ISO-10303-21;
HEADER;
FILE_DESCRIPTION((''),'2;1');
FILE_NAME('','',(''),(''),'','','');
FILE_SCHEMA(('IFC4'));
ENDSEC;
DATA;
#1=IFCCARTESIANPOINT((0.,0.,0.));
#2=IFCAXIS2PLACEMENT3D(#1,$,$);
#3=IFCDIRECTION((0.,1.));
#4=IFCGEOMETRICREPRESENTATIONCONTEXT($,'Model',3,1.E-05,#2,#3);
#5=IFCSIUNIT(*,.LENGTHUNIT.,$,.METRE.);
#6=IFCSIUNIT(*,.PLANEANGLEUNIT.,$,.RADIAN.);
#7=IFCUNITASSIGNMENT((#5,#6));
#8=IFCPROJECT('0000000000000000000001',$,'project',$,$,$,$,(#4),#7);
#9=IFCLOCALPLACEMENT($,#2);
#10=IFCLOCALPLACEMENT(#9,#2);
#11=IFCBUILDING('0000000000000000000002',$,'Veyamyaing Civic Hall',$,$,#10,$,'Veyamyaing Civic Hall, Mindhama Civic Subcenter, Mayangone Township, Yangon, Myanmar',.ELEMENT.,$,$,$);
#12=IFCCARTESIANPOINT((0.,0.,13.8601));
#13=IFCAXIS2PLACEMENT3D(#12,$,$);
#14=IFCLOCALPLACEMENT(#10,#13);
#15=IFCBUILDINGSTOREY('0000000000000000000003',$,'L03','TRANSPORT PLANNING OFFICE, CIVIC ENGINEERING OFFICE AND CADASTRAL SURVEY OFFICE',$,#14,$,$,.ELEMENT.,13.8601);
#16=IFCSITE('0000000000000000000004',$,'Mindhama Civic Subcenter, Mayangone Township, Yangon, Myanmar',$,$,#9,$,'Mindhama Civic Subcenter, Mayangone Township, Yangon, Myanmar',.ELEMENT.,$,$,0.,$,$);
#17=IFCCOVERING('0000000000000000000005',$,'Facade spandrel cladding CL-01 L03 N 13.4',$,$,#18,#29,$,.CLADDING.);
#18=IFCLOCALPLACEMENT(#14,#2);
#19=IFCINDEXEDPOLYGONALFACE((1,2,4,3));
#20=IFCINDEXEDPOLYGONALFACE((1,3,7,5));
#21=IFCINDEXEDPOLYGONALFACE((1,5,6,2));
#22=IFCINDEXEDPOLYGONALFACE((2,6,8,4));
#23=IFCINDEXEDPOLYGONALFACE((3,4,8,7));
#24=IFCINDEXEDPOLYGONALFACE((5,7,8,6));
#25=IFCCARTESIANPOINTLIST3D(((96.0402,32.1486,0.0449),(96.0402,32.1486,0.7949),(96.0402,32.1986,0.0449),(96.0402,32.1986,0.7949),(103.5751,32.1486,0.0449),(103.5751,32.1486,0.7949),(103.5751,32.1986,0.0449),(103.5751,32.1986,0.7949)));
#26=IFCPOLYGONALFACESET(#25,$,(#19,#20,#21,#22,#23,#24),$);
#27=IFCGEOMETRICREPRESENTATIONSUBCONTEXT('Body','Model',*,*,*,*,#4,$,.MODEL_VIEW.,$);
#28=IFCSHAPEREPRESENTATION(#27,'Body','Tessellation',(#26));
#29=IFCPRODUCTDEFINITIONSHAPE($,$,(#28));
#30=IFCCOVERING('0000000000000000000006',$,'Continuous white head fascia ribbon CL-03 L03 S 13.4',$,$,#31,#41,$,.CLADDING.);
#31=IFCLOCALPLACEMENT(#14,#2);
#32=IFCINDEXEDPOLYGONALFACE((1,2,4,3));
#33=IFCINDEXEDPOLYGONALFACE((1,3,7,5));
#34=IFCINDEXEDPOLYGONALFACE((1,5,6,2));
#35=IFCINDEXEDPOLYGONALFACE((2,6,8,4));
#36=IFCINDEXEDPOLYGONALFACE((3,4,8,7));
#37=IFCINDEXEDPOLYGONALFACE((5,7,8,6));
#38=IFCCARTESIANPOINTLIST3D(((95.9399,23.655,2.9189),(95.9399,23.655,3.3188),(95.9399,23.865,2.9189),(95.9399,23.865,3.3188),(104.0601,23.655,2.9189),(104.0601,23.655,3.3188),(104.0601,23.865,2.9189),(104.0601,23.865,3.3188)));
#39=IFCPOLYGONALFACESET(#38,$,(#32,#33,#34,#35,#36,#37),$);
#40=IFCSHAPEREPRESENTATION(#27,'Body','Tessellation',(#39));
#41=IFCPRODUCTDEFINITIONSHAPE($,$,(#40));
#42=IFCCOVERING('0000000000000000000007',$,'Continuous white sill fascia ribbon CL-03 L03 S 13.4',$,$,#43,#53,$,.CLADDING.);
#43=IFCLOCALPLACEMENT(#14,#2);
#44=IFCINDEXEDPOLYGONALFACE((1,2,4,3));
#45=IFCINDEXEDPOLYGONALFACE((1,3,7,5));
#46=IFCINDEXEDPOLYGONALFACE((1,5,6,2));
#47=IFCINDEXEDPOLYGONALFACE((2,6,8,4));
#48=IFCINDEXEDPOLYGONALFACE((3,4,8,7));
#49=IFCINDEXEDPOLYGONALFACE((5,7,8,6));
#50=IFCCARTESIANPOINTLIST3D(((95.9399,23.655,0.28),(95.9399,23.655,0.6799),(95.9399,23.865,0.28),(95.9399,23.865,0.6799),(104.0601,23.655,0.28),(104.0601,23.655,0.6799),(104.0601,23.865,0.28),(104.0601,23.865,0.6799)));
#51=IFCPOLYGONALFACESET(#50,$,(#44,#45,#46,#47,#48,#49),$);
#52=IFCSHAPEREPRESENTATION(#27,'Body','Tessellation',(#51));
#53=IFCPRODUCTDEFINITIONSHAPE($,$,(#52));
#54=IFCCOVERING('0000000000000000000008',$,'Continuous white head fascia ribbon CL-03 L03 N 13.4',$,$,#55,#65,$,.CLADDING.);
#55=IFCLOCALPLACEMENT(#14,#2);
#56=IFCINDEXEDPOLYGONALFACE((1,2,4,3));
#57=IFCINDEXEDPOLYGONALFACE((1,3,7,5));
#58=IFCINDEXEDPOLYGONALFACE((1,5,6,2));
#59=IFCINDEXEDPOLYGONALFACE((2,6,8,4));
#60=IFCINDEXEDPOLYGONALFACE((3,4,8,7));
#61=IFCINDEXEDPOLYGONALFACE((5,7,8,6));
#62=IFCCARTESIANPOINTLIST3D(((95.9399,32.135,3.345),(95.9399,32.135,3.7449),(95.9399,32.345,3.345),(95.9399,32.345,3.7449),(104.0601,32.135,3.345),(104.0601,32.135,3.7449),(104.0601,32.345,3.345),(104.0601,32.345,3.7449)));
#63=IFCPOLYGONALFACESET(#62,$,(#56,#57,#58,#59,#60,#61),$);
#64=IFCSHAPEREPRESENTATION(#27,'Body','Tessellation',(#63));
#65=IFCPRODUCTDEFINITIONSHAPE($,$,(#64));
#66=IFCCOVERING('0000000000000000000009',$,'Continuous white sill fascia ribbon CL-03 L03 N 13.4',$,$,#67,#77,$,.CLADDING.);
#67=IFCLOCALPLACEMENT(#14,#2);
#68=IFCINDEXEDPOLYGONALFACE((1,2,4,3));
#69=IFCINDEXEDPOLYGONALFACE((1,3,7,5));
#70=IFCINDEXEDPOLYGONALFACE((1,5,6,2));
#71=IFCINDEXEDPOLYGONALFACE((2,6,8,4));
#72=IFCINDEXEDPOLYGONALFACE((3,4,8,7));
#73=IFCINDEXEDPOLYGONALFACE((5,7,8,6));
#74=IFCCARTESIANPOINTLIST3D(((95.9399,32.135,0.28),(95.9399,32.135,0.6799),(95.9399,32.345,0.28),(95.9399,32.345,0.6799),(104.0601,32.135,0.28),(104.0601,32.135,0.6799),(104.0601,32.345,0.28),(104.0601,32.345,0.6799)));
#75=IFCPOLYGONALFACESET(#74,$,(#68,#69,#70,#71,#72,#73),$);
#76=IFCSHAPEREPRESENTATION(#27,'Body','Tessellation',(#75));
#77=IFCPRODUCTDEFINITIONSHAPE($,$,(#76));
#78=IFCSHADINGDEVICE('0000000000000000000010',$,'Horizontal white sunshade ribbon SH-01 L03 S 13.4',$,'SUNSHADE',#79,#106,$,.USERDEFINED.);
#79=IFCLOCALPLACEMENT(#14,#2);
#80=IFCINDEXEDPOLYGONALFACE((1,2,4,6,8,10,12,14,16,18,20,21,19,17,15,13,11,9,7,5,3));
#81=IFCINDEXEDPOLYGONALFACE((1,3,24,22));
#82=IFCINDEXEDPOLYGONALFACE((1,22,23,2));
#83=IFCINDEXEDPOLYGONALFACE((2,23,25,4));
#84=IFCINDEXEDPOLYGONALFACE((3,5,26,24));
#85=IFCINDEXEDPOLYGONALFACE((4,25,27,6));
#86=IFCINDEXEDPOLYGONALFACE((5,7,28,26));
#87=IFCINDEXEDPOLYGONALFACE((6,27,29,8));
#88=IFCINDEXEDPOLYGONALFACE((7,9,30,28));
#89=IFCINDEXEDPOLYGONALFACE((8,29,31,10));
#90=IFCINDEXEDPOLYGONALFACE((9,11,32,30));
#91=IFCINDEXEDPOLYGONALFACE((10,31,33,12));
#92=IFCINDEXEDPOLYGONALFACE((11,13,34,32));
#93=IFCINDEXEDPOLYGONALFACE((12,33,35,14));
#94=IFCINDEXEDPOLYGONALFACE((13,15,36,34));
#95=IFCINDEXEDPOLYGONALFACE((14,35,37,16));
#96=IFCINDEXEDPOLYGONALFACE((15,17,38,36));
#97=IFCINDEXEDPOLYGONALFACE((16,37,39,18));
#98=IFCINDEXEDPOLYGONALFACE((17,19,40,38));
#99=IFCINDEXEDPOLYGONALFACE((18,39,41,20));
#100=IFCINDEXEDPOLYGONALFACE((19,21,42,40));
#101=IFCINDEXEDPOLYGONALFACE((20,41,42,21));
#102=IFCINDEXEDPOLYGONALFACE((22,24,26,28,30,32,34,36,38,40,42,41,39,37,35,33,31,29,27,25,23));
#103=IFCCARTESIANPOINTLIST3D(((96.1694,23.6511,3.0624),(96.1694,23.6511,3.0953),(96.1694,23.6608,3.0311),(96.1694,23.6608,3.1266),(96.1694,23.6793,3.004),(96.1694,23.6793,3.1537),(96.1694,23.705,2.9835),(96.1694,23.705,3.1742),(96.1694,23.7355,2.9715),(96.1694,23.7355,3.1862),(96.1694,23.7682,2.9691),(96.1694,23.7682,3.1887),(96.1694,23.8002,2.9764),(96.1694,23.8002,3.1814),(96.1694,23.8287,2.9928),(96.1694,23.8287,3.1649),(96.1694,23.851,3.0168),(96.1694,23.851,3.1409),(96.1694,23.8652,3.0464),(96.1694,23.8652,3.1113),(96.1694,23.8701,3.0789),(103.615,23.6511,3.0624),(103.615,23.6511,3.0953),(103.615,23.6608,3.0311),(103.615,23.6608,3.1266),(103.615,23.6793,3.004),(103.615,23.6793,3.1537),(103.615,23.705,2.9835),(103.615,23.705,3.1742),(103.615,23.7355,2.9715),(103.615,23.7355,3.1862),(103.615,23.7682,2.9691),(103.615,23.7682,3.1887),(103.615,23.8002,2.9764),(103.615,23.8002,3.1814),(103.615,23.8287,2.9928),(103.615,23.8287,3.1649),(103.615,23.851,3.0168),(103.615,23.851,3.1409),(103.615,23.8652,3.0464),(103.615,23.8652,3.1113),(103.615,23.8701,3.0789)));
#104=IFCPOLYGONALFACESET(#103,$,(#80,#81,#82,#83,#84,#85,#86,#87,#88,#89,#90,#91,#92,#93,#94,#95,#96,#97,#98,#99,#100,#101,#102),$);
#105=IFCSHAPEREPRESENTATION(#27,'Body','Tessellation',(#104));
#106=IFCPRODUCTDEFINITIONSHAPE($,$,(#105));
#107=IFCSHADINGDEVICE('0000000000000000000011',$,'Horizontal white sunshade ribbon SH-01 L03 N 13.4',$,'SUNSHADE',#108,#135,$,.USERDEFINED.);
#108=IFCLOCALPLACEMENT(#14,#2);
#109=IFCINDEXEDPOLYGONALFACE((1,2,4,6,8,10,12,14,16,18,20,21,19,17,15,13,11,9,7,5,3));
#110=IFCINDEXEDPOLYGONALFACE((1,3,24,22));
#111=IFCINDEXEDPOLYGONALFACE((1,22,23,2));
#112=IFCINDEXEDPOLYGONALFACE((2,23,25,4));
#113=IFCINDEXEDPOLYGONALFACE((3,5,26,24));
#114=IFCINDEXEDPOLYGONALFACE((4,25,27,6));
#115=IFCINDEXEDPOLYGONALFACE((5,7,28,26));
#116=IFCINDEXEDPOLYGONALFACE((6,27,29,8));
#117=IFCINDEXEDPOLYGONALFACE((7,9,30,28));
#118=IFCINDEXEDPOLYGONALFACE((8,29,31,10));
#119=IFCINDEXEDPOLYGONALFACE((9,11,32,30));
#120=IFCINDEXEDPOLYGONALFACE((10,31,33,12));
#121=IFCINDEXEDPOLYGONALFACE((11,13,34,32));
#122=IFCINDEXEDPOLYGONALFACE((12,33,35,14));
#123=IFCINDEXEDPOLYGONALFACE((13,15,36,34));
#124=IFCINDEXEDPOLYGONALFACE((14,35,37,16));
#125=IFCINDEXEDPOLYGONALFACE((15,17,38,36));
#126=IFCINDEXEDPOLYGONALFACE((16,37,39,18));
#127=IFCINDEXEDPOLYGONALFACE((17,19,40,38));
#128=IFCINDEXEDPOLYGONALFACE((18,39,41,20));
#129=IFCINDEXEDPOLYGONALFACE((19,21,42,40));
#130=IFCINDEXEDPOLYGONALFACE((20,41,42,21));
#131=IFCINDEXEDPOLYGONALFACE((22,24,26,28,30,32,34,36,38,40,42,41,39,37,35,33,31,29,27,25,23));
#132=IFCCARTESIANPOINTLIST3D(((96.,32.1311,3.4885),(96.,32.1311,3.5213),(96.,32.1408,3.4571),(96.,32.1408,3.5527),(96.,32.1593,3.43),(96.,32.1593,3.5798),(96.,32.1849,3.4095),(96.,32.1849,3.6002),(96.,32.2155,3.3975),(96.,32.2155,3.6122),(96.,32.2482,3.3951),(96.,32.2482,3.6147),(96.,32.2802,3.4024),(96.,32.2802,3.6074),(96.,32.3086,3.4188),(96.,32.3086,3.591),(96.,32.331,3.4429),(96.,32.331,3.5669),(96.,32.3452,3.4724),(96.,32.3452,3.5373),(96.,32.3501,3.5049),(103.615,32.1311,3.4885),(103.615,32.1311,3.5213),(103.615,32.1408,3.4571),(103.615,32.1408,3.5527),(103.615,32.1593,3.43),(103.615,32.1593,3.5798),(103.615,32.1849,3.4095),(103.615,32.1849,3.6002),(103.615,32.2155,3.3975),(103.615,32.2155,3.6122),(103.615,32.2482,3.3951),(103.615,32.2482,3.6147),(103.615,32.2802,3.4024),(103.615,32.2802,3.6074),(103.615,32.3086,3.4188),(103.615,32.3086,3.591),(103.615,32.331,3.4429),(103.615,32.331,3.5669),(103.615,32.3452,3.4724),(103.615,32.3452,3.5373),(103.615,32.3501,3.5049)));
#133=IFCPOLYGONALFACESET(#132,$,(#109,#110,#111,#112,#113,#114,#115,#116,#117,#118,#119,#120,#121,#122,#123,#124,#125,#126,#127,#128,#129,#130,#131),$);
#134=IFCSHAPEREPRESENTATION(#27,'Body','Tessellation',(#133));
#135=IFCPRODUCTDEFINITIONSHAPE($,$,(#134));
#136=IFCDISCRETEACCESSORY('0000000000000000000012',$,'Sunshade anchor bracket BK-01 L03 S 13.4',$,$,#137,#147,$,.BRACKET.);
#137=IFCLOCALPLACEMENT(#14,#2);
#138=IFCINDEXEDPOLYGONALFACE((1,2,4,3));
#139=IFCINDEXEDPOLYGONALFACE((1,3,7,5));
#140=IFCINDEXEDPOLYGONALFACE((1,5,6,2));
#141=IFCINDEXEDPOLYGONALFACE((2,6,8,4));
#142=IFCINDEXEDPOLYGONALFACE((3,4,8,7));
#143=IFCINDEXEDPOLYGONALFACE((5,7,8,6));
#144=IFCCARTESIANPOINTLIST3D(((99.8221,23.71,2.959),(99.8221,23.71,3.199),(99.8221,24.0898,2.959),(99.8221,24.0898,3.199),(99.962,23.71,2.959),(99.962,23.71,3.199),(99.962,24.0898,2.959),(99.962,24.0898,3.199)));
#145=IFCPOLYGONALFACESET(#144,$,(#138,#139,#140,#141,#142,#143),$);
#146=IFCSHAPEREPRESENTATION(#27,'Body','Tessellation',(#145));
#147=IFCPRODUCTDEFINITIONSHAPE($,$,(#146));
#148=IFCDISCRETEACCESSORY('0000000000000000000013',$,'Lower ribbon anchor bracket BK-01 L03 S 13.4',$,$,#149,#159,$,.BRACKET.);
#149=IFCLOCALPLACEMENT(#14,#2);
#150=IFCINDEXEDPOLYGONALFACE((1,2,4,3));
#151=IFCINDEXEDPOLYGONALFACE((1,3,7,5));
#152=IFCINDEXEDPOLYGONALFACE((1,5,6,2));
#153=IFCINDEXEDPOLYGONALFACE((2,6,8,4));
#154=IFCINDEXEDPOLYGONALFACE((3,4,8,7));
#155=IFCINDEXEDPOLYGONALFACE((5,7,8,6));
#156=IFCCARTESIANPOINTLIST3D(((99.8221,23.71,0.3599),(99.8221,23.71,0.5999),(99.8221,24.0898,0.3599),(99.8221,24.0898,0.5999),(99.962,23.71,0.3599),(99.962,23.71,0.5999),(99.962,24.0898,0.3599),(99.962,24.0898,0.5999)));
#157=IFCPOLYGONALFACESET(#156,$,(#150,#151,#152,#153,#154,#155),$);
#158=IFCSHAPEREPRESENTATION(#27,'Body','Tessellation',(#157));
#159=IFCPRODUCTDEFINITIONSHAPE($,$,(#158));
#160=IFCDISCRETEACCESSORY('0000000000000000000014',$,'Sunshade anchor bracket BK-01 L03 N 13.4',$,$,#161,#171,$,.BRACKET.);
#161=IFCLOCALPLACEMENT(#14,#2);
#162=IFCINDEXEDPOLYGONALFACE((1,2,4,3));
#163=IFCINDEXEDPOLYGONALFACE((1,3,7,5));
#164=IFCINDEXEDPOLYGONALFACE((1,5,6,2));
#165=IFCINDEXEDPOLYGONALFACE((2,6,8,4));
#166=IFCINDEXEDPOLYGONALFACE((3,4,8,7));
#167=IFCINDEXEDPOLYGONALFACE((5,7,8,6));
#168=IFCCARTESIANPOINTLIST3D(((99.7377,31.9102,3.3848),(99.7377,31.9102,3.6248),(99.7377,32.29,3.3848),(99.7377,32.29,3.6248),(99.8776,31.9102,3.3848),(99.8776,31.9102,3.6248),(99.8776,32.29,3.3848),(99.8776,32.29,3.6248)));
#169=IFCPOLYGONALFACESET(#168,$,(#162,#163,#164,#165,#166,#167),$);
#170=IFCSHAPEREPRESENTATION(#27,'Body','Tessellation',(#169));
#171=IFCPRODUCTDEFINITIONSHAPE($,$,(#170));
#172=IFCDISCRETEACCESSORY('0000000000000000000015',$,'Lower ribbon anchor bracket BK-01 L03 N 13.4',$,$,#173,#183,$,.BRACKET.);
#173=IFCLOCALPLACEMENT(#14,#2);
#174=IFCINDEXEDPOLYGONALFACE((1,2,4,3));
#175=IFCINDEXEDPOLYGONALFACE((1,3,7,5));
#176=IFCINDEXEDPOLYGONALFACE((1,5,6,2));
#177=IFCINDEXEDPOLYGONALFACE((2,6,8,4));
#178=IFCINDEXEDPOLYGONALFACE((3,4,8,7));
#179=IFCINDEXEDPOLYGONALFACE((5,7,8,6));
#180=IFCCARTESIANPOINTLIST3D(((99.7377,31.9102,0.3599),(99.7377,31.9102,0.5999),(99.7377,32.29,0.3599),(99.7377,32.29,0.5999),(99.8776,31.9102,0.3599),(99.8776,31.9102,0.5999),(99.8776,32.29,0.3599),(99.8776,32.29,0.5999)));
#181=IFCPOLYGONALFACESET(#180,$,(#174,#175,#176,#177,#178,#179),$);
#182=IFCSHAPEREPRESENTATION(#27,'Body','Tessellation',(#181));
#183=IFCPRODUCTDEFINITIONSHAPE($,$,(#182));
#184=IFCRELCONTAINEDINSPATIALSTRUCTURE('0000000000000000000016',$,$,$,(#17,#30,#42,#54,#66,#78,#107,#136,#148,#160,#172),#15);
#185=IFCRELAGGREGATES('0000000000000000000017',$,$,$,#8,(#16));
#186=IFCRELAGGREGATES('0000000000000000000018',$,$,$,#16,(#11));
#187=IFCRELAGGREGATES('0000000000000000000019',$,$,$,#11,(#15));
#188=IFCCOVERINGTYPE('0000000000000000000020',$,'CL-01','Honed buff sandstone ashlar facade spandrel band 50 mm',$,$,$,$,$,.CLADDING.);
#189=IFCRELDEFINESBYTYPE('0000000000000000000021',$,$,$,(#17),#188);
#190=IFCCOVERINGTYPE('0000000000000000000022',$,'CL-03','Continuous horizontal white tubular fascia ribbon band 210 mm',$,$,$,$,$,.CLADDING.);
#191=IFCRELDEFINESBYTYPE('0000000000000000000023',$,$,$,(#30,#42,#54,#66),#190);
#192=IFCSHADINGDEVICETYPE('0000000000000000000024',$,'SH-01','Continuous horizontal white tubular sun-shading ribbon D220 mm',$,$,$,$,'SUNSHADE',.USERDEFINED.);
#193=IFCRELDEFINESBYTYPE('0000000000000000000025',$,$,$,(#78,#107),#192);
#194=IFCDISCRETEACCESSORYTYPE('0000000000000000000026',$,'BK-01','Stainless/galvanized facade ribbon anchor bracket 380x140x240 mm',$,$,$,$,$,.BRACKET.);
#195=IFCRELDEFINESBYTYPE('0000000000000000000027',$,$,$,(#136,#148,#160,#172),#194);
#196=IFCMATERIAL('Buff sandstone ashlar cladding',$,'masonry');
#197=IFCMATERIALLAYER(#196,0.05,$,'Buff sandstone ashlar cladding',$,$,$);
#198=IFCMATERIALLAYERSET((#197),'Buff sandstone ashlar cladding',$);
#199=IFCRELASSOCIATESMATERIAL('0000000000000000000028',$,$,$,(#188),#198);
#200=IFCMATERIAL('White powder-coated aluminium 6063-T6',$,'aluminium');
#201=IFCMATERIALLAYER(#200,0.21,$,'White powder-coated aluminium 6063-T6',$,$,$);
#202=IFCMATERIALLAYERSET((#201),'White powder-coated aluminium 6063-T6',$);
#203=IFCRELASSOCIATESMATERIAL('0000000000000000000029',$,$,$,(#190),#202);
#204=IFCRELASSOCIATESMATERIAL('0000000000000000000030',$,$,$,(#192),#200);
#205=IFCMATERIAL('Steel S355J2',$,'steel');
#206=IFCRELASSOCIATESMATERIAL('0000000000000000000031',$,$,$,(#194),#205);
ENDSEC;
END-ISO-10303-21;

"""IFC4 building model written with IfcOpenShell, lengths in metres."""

from ifc_helpers import new_model, si_unit, direction, frame, origin, origin_2d, place, context, subcontext, project, spatial, rectangle, circle, extrude, material, layer, layer_set, material_profile, profile_set, type_object, element, save


model = new_model("IFC4")

# Units and contexts
model_context = context("Model", 3, precision=1e-05, world=origin(), true_north=direction((0.0, 1.0)))
body_context = subcontext(model_context, "Body", "Model", "MODEL_VIEW")
ifc_project = project(units=[si_unit("LENGTHUNIT", "METRE"), si_unit("PLANEANGLEUNIT", "RADIAN")], contexts=[model_context])

# Site, building, storey
site_placement = place(None, origin())
site = spatial("IfcSite", under=ifc_project, at=site_placement, Name="Mindhama Civic Subcenter, Mayangone Township, Yangon, Myanmar", LongName="Mindhama Civic Subcenter, Mayangone Township, Yangon, Myanmar", CompositionType="ELEMENT", RefElevation=0.0)
building_placement = place(site_placement, origin())
building = spatial("IfcBuilding", under=site, at=building_placement, Name="Veyamyaing Civic Hall", LongName="Veyamyaing Civic Hall, Mindhama Civic Subcenter, Mayangone Township, Yangon, Myanmar", CompositionType="ELEMENT")
storey_placement = place(building_placement, frame((0.0, 0.0, 13.8601)))
storey = spatial("IfcBuildingStorey", under=building, at=storey_placement, Name="L03", Description="TRANSPORT PLANNING OFFICE, CIVIC ENGINEERING OFFICE AND CADASTRAL SURVEY OFFICE", CompositionType="ELEMENT", Elevation=13.8601)

# Coverings
ifc_material_1 = material(Name="Buff sandstone ashlar cladding", Category="masonry")
ifc_layer_1 = layer(ifc_material_1, 0.05, Name="Buff sandstone ashlar cladding")
ifc_layer_set_1 = layer_set([ifc_layer_1], Name="Buff sandstone ashlar cladding")
covering_type_1 = type_object("IfcCoveringType", Name="CL-01", Description="Honed buff sandstone ashlar facade spandrel band 50 mm", PredefinedType="CLADDING", material=ifc_layer_set_1)
covering_placement = place(storey_placement, frame((99.8076, 32.1736, 0.0449), z_axis=(0.0, 0.0, 1.0), x_axis=(1.0, 0.0, 0.0)))
element("IfcCovering", 1, at=covering_placement, inside=storey, type_object=covering_type_1, Name="Facade spandrel cladding CL-01 L03 N 13.4", PredefinedType="CLADDING", context=body_context, shape_type="SweptSolid", body=[
    extrude(rectangle(XDim=7.5349, YDim=0.05, at=origin_2d()), origin(), (0.0, 0.0, 1.0), 0.75),
])
ifc_material_2 = material(Name="White powder-coated aluminium 6063-T6", Category="aluminium")
ifc_layer_2 = layer(ifc_material_2, 0.21, Name="White powder-coated aluminium 6063-T6")
ifc_layer_set_2 = layer_set([ifc_layer_2], Name="White powder-coated aluminium 6063-T6")
covering_type_2 = type_object("IfcCoveringType", Name="CL-03", Description="Continuous horizontal white tubular fascia ribbon band 210 mm", PredefinedType="CLADDING", material=ifc_layer_set_2)
for number, where, z_axis, x_axis, name in (
    (2, (100.0, 23.76, 2.9189), (0.0, 0.0, 1.0), (1.0, 0.0, 0.0), "Continuous white head fascia ribbon CL-03 L03 S 13.4"),
    (3, (100.0, 23.76, 0.28), (0.0, 0.0, 1.0), (1.0, 0.0, 0.0), "Continuous white sill fascia ribbon CL-03 L03 S 13.4"),
    (4, (100.0, 32.24, 3.345), (0.0, 0.0, 1.0), (1.0, 0.0, 0.0), "Continuous white head fascia ribbon CL-03 L03 N 13.4"),
    (5, (100.0, 32.24, 0.28), (0.0, 0.0, 1.0), (1.0, 0.0, 0.0), "Continuous white sill fascia ribbon CL-03 L03 N 13.4"),
):
    element("IfcCovering", number, at=place(storey_placement, frame(where, z_axis=z_axis, x_axis=x_axis)), inside=storey, type_object=covering_type_2, Name=name, PredefinedType="CLADDING", context=body_context, shape_type="SweptSolid", body=[
        extrude(rectangle(XDim=8.1201, YDim=0.21, at=origin_2d()), origin(), (0.0, 0.0, 1.0), 0.3999),
    ])

# Shading devices
ifc_material_profile_1 = material_profile(ifc_material_2, circle(Radius=0.1101, at=origin_2d()), Name="SHADE-TUBE-220")
ifc_profile_set_1 = profile_set([ifc_material_profile_1], Name="White powder-coated aluminium 6063-T6")
shading_device_type = type_object("IfcShadingDeviceType", Name="SH-01", Description="Continuous horizontal white tubular sun-shading ribbon D220 mm", ElementType="SUNSHADE", PredefinedType="USERDEFINED", material=ifc_profile_set_1)
shading_device_1_placement = place(storey_placement, frame((96.1694, 23.76, 3.0789), z_axis=(1.0, 0.0, 0.0), x_axis=(0.0, 1.0, 0.0)))
element("IfcShadingDevice", 6, at=shading_device_1_placement, inside=storey, type_object=shading_device_type, Name="Horizontal white sunshade ribbon SH-01 L03 S 13.4", ObjectType="SUNSHADE", PredefinedType="USERDEFINED", context=body_context, shape_type="SweptSolid", body=[
    extrude(circle(Radius=0.1101, at=origin_2d()), origin(), (0.0, 0.0, 1.0), 7.4456),
])
shading_device_2_placement = place(storey_placement, frame((96.0, 32.24, 3.5049), z_axis=(1.0, 0.0, 0.0), x_axis=(0.0, 1.0, 0.0)))
element("IfcShadingDevice", 7, at=shading_device_2_placement, inside=storey, type_object=shading_device_type, Name="Horizontal white sunshade ribbon SH-01 L03 N 13.4", ObjectType="SUNSHADE", PredefinedType="USERDEFINED", context=body_context, shape_type="SweptSolid", body=[
    extrude(circle(Radius=0.1101, at=origin_2d()), origin(), (0.0, 0.0, 1.0), 7.615),
])

# Discrete accessories
ifc_material_3 = material(Name="Steel S355J2", Category="steel")
discrete_accessory_type = type_object("IfcDiscreteAccessoryType", Name="BK-01", Description="Stainless/galvanized facade ribbon anchor bracket 380x140x240 mm", PredefinedType="BRACKET", material=ifc_material_3)
for number, where, z_axis, x_axis, name in (
    (8, (99.8921, 23.8999, 2.959), (0.0, 0.0, 1.0), (0.0, -1.0, 0.0), "Sunshade anchor bracket BK-01 L03 S 13.4"),
    (9, (99.8921, 23.8999, 0.3599), (0.0, 0.0, 1.0), (0.0, -1.0, 0.0), "Lower ribbon anchor bracket BK-01 L03 S 13.4"),
    (10, (99.8076, 32.1001, 3.3848), (0.0, 0.0, 1.0), (0.0, 1.0, 0.0), "Sunshade anchor bracket BK-01 L03 N 13.4"),
    (11, (99.8076, 32.1001, 0.3599), (0.0, 0.0, 1.0), (0.0, 1.0, 0.0), "Lower ribbon anchor bracket BK-01 L03 N 13.4"),
):
    element("IfcDiscreteAccessory", number, at=place(storey_placement, frame(where, z_axis=z_axis, x_axis=x_axis)), inside=storey, type_object=discrete_accessory_type, Name=name, PredefinedType="BRACKET", context=body_context, shape_type="SweptSolid", body=[
        extrude(rectangle(XDim=0.3799, YDim=0.1399, at=origin_2d()), origin(), (0.0, 0.0, 1.0), 0.24),
    ])

save(model, "model.ifc")
